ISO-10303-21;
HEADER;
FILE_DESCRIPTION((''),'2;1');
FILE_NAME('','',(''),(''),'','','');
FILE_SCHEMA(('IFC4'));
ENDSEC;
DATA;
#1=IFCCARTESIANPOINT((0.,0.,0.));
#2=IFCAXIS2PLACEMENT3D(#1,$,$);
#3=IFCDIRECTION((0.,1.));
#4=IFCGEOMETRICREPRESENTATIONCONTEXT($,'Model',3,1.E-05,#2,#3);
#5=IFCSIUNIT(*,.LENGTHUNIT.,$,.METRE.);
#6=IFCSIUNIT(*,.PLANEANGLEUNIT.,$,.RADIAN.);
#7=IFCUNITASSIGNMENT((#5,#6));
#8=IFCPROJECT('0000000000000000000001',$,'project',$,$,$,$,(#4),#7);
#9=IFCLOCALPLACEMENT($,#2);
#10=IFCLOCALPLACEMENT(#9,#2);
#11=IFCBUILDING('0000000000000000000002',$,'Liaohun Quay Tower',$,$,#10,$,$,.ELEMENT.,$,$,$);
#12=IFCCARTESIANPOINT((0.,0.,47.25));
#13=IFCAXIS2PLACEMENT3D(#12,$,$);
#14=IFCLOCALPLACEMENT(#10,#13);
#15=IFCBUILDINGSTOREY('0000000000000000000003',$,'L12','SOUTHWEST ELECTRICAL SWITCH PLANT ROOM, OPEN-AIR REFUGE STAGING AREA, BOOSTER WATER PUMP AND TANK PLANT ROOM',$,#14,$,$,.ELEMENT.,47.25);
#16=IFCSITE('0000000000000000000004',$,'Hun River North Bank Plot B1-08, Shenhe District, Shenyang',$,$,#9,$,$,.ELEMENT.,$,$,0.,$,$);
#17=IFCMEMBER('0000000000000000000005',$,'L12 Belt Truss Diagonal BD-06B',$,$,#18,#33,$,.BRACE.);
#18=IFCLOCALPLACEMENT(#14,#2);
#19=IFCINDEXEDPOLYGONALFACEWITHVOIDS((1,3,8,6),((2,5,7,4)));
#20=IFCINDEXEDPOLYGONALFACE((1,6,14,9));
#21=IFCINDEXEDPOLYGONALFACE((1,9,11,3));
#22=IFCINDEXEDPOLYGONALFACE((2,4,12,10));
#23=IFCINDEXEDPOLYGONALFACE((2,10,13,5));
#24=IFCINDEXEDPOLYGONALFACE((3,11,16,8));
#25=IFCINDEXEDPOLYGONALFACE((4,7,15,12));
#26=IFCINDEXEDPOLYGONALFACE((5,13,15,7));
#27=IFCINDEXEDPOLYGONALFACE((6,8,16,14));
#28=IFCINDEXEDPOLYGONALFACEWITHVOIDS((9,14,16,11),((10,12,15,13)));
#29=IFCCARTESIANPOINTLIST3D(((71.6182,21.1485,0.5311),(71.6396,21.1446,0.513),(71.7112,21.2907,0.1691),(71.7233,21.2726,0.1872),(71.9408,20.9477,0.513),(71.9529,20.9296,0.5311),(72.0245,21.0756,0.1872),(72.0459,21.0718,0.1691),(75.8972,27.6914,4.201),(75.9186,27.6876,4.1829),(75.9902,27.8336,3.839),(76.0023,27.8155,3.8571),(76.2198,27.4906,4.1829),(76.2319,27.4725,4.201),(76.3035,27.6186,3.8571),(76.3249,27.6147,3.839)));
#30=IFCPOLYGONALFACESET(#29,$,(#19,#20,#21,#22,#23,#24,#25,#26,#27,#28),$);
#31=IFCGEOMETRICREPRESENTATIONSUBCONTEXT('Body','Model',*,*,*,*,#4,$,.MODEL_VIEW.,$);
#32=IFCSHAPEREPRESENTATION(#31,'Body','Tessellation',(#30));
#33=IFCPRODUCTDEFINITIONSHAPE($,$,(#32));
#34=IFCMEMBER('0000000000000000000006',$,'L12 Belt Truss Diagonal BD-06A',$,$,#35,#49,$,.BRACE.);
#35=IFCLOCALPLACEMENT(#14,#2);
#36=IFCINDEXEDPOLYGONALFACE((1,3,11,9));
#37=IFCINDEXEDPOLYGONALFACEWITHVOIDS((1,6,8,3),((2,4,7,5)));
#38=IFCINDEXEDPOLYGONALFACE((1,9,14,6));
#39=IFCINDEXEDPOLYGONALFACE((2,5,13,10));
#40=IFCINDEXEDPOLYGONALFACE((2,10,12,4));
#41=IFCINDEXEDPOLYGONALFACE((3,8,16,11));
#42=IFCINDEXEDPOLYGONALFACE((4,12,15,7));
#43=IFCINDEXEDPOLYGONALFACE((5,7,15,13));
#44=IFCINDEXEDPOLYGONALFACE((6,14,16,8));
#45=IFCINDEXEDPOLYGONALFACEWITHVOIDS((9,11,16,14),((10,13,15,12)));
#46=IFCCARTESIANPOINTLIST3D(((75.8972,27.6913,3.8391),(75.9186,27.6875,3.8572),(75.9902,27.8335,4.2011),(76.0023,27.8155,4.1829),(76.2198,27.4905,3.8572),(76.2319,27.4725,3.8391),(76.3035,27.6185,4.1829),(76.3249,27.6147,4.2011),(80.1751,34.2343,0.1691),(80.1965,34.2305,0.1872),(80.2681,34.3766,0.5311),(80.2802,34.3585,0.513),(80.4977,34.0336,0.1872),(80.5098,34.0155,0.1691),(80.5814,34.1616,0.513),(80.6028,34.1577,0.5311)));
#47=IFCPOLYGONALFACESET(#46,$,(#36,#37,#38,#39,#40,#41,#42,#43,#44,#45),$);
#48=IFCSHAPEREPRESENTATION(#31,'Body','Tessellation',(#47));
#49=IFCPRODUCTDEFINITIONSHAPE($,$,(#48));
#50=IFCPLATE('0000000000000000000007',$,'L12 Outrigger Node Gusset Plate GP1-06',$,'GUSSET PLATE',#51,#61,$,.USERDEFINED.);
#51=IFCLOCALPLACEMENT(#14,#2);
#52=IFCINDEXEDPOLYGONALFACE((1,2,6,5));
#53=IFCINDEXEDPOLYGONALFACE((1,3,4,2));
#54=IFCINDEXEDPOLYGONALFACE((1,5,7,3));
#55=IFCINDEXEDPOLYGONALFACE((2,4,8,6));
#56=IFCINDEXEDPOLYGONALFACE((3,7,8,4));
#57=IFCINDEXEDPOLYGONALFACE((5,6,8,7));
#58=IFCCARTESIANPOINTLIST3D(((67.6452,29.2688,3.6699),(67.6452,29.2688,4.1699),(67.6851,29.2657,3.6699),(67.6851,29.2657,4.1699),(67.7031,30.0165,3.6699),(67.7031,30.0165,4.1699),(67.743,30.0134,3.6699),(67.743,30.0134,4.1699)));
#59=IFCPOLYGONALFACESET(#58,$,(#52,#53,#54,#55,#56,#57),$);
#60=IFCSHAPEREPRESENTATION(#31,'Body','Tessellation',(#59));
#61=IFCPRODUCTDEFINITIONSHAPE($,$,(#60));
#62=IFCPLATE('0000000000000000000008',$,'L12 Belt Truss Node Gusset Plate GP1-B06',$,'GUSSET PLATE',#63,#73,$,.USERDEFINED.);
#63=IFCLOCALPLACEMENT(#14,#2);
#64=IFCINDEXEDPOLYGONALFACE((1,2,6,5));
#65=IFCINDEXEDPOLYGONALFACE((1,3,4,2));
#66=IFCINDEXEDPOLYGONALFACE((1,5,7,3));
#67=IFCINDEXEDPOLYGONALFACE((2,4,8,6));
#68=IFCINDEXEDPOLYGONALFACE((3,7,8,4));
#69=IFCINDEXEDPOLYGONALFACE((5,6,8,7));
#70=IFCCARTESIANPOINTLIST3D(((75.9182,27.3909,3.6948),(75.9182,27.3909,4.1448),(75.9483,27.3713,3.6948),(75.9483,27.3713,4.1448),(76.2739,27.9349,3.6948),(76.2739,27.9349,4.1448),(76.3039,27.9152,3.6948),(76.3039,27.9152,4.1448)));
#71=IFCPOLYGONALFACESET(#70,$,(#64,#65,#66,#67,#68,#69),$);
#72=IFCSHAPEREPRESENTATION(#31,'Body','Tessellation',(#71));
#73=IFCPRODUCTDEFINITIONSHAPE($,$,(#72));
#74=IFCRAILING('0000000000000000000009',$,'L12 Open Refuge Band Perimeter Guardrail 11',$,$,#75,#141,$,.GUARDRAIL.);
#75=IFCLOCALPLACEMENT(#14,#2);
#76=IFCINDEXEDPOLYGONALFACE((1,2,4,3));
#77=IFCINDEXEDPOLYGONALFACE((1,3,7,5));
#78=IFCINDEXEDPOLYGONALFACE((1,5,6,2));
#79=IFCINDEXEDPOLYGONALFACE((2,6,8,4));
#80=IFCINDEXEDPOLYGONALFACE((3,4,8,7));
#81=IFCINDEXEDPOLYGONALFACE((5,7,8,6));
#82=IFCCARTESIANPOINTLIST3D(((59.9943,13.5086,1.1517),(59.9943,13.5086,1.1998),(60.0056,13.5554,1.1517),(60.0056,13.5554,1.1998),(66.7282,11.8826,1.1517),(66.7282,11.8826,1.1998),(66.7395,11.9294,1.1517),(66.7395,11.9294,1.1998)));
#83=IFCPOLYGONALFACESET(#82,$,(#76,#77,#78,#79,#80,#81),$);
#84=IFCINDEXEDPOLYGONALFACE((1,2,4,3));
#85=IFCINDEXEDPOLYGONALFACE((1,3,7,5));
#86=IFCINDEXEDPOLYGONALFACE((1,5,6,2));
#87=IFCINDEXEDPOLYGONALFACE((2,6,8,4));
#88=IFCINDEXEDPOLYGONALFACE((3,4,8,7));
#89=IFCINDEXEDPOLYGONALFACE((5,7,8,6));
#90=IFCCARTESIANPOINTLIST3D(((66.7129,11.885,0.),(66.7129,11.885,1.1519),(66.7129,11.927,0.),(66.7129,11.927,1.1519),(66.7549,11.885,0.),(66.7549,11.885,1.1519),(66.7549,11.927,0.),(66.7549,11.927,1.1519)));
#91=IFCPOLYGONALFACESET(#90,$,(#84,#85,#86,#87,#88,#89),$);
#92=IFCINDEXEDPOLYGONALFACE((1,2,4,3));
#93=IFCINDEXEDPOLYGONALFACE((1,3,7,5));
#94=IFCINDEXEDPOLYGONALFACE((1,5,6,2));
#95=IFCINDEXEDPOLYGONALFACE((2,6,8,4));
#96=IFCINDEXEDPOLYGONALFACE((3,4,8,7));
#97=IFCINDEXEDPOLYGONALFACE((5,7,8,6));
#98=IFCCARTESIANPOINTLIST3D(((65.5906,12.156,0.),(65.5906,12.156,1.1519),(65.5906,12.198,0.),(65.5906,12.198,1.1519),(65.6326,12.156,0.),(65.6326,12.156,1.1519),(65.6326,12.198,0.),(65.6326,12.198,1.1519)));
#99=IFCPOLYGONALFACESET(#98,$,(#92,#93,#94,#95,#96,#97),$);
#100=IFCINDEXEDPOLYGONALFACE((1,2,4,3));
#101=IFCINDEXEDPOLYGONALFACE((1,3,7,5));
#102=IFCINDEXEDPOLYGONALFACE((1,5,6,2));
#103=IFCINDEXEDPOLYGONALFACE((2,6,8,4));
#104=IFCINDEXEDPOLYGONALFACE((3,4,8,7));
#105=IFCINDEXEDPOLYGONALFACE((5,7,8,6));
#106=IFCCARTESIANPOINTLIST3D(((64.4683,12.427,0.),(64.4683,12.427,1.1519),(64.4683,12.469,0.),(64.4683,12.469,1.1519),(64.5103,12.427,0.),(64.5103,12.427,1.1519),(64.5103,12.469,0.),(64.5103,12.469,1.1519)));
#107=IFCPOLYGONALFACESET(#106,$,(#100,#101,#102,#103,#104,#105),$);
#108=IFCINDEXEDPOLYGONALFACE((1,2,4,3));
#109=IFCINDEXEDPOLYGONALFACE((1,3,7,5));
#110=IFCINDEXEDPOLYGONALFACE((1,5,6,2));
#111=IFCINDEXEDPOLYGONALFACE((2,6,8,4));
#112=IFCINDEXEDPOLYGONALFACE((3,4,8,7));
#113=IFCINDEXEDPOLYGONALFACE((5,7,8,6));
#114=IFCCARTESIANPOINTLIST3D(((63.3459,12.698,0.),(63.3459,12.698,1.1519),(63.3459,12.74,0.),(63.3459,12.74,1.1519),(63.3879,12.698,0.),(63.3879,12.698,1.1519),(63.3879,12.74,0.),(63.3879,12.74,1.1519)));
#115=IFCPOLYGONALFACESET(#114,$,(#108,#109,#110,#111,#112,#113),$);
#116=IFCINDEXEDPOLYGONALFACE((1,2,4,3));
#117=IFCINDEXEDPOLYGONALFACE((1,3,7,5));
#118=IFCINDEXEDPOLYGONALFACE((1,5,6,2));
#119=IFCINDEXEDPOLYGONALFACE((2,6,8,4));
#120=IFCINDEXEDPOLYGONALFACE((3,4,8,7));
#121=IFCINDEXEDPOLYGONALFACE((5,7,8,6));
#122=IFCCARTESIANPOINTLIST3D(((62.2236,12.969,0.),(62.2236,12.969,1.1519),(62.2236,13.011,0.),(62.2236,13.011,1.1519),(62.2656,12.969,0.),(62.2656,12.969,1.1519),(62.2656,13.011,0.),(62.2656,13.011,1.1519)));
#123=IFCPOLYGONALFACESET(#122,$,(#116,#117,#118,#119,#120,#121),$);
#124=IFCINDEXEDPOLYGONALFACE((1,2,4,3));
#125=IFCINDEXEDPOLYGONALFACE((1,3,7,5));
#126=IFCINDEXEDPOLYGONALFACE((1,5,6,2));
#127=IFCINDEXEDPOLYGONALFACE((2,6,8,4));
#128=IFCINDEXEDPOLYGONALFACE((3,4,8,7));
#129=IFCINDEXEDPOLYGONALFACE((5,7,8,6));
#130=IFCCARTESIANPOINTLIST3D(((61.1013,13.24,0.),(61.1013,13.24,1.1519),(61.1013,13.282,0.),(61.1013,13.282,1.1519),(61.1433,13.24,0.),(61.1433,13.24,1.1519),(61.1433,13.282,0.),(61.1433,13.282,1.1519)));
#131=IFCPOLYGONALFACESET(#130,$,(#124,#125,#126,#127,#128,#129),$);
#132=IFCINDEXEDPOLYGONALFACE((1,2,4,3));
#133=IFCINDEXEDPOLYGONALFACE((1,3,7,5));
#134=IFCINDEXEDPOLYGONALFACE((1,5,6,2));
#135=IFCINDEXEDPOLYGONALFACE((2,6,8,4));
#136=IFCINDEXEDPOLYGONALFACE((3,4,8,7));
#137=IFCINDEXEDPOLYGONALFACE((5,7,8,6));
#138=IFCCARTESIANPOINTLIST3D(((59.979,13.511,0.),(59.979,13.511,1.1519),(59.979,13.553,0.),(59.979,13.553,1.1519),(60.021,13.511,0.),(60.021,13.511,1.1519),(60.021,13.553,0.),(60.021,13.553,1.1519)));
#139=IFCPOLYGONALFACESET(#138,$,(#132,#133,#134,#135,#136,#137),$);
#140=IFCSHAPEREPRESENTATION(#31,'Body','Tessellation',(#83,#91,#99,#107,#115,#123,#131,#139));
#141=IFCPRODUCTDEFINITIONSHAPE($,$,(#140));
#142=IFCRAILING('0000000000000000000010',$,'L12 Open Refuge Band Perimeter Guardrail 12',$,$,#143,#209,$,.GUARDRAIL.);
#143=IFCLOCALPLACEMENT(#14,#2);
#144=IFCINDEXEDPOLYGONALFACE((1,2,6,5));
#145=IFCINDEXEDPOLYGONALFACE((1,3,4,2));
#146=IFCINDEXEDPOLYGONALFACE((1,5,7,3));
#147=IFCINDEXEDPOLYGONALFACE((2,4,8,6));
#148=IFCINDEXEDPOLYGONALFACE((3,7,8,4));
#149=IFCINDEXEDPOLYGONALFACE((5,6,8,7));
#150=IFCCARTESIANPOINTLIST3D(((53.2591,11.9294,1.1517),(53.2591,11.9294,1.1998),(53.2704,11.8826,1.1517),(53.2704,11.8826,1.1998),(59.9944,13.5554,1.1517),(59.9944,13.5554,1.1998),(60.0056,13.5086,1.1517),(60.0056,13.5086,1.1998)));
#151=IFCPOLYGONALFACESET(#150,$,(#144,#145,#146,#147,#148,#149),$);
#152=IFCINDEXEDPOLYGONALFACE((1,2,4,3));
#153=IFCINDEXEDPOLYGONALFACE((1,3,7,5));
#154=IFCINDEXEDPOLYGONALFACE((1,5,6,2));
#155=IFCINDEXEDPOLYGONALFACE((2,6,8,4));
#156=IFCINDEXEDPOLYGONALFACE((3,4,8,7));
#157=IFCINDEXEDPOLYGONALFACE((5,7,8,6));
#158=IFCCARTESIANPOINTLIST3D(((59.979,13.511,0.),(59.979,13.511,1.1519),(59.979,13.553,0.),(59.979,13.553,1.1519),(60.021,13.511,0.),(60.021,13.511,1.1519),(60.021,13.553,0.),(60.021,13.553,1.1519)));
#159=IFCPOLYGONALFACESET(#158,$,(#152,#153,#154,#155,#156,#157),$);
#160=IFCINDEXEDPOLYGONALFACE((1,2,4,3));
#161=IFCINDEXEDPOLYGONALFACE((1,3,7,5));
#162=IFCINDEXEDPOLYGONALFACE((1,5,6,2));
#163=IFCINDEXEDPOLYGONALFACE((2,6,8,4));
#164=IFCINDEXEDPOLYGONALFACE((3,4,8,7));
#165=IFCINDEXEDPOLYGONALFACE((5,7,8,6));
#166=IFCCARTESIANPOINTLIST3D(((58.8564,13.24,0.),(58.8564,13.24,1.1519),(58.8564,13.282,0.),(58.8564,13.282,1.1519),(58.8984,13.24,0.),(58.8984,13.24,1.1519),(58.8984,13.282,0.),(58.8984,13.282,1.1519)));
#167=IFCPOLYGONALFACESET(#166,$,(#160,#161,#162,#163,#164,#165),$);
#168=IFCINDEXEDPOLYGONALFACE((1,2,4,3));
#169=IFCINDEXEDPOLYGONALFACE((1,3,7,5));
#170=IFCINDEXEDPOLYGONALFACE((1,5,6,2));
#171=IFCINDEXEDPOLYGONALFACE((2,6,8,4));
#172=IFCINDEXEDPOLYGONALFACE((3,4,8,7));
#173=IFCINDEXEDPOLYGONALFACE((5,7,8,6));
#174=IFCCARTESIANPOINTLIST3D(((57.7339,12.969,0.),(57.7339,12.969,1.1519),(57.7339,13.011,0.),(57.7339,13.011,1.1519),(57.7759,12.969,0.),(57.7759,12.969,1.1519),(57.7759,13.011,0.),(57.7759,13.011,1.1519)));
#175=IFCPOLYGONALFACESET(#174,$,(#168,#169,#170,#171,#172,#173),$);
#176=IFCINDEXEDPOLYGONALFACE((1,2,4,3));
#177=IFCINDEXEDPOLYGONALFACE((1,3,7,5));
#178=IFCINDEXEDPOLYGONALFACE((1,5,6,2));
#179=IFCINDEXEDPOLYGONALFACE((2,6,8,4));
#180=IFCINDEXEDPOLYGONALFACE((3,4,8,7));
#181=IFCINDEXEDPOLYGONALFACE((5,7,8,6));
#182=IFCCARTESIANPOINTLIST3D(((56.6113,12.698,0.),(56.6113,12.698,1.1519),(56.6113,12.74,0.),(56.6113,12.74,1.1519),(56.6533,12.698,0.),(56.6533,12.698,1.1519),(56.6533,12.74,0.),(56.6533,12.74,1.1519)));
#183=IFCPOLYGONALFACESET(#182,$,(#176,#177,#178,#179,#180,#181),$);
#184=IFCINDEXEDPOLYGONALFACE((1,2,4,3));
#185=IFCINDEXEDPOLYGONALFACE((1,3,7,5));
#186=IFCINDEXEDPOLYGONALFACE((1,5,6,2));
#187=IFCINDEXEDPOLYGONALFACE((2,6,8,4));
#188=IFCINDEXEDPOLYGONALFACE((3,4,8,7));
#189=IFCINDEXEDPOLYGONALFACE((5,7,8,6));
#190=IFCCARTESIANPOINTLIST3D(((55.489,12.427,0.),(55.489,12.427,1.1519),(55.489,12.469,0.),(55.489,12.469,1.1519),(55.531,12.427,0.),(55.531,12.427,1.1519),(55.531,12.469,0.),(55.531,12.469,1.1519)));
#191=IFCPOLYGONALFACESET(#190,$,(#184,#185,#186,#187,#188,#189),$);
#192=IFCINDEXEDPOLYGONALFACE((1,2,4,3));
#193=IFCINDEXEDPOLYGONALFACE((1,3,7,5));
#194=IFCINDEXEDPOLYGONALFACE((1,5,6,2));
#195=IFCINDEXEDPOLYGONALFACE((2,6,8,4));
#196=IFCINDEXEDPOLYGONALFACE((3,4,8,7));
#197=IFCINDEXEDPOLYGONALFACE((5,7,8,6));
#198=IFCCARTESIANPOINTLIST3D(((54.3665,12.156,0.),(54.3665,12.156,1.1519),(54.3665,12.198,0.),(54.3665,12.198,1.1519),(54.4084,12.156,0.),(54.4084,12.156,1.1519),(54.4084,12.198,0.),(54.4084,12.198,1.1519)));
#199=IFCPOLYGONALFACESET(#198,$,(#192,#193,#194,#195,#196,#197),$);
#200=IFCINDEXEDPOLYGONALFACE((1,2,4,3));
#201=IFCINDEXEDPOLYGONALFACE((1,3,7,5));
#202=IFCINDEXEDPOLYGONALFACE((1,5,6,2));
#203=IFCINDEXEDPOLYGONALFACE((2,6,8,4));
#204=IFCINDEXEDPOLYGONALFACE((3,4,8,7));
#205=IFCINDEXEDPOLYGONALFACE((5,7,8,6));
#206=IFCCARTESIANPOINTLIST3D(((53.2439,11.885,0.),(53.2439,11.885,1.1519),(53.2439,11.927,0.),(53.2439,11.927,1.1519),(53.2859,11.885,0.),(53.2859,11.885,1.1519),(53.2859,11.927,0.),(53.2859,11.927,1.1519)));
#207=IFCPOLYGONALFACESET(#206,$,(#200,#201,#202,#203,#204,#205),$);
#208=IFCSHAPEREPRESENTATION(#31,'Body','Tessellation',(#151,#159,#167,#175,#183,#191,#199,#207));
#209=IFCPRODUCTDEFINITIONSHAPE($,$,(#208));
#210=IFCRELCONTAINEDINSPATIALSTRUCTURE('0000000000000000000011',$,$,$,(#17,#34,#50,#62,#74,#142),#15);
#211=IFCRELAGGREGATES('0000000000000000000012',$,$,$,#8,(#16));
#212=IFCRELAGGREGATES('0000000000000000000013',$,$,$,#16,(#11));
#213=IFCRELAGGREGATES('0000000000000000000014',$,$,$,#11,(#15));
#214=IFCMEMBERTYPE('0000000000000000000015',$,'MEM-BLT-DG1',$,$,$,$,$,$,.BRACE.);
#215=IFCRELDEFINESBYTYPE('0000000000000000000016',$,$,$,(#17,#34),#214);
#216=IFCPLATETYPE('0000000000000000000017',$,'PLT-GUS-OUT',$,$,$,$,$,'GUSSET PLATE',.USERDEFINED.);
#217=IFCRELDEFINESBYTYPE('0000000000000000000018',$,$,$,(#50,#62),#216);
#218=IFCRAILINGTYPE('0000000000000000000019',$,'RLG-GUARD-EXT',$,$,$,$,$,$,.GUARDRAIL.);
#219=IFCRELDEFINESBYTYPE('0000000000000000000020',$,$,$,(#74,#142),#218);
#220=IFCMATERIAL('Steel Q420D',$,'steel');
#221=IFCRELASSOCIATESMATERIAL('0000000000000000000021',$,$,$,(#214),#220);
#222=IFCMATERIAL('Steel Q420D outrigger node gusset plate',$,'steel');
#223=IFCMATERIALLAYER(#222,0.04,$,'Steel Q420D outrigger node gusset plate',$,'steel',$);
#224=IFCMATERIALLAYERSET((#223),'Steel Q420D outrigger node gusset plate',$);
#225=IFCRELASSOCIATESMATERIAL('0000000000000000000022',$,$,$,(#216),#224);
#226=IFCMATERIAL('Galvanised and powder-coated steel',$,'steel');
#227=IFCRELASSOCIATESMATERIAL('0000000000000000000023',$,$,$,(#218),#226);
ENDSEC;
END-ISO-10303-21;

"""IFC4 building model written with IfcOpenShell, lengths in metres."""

from ifc_helpers import new_model, si_unit, direction, frame, origin, origin_2d, place, context, subcontext, project, spatial, rectangle, hollow_rectangle, extrude, source, transform, mapped, material, layer, layer_set, material_profile, profile_set, type_object, element, save


model = new_model("IFC4")

# Units and contexts
model_context = context("Model", 3, precision=1e-05, world=origin(), true_north=direction((0.0, 1.0)))
body_context = subcontext(model_context, "Body", "Model", "MODEL_VIEW")
ifc_project = project(units=[si_unit("LENGTHUNIT", "METRE"), si_unit("PLANEANGLEUNIT", "RADIAN")], contexts=[model_context])

# Site, building, storey
site_placement = place(None, origin())
site = spatial("IfcSite", under=ifc_project, at=site_placement, Name="Hun River North Bank Plot B1-08, Shenhe District, Shenyang", CompositionType="ELEMENT", RefElevation=0.0)
building_placement = place(site_placement, origin())
building = spatial("IfcBuilding", under=site, at=building_placement, Name="Liaohun Quay Tower", CompositionType="ELEMENT")
storey_placement = place(building_placement, frame((0.0, 0.0, 47.25)))
storey = spatial("IfcBuildingStorey", under=building, at=storey_placement, Name="L12", Description="SOUTHWEST ELECTRICAL SWITCH PLANT ROOM, OPEN-AIR REFUGE STAGING AREA, BOOSTER WATER PUMP AND TANK PLANT ROOM", CompositionType="ELEMENT", Elevation=47.25)

# Members
ifc_material_1 = material(Name="Steel Q420D", Category="steel")
ifc_material_profile_1 = material_profile(ifc_material_1, hollow_rectangle(XDim=0.3999, YDim=0.3999, WallThickness=0.02, at=origin_2d()), Name="SHS400x400x20")
ifc_profile_set_1 = profile_set([ifc_material_profile_1], Name="Steel Q420D")
member_type_1 = type_object("IfcMemberType", Name="MEM-BLT-DG1", PredefinedType="BRACE", material=ifc_profile_set_1)
shared_shape_1 = source(origin(), body_context, "Body", "SweptSolid", [
    extrude(hollow_rectangle(XDim=0.3999, YDim=0.3999, WallThickness=0.02, at=origin_2d()), origin(), (0.0, 0.0, 1.0), 8.6365),
])
member_1_placement = place(storey_placement, frame((76.1111, 27.6531, 4.02), z_axis=(-0.495462, -0.757595, -0.424932), x_axis=(0.836913, -0.547335, 0.0)))
element("IfcMember", 1, at=member_1_placement, inside=storey, type_object=member_type_1, Name="L12 Belt Truss Diagonal BD-06B", PredefinedType="BRACE", context=body_context, shape_type="MappedRepresentation", body=[
    mapped(shared_shape_1, transform((0.0, 0.0, 0.0), x_axis=(1.0, 0.0, 0.0), y_axis=(0.0, 1.0, 0.0), z_axis=(0.0, 0.0, 1.0), scale=1.0)),
])
shared_shape_2 = source(origin(), body_context, "Body", "SweptSolid", [
    extrude(hollow_rectangle(XDim=0.3999, YDim=0.3999, WallThickness=0.02, at=origin_2d()), origin(), (0.0, 0.0, 1.0), 8.636),
])
member_2_placement = place(storey_placement, frame((80.3889, 34.196, 0.3501), z_axis=(-0.495355, -0.757648, 0.424962), x_axis=(0.836985, -0.547226, 0.0)))
element("IfcMember", 2, at=member_2_placement, inside=storey, type_object=member_type_1, Name="L12 Belt Truss Diagonal BD-06A", PredefinedType="BRACE", context=body_context, shape_type="MappedRepresentation", body=[
    mapped(shared_shape_2, transform((0.0, 0.0, 0.0), x_axis=(1.0, 0.0, 0.0), y_axis=(0.0, 1.0, 0.0), z_axis=(0.0, 0.0, 1.0), scale=1.0)),
])

# Plates
ifc_material_2 = material(Name="Steel Q420D outrigger node gusset plate", Category="steel")
ifc_layer = layer(ifc_material_2, 0.04, Name="Steel Q420D outrigger node gusset plate", Category="steel")
ifc_layer_set = layer_set([ifc_layer], Name="Steel Q420D outrigger node gusset plate")
plate_type = type_object("IfcPlateType", Name="PLT-GUS-OUT", ElementType="GUSSET PLATE", PredefinedType="USERDEFINED", material=ifc_layer_set)
shared_shape_3 = source(origin(), body_context, "Body", "SweptSolid", [
    extrude(rectangle(XDim=0.75, YDim=0.04, at=origin_2d()), origin(), (0.0, 0.0, 1.0), 0.5),
])
plate_1_placement = place(storey_placement, frame((67.6941, 29.6411, 3.6699), z_axis=(0.0, 0.0, 1.0), x_axis=(-0.077241, -0.997012, 0.0)))
element("IfcPlate", 3, at=plate_1_placement, inside=storey, type_object=plate_type, Name="L12 Outrigger Node Gusset Plate GP1-06", ObjectType="GUSSET PLATE", PredefinedType="USERDEFINED", context=body_context, shape_type="MappedRepresentation", body=[
    mapped(shared_shape_3, transform((0.0, 0.0, 0.0), x_axis=(1.0, 0.0, 0.0), y_axis=(0.0, 1.0, 0.0), z_axis=(0.0, 0.0, 1.0), scale=1.0)),
])
shared_shape_4 = source(origin(), body_context, "Body", "SweptSolid", [
    extrude(rectangle(XDim=0.6499, YDim=0.0359, at=origin_2d()), origin(), (0.0, 0.0, 1.0), 0.45),
])
plate_2_placement = place(storey_placement, frame((76.1111, 27.6531, 3.6948), z_axis=(0.0, 0.0, 1.0), x_axis=(-0.547271, -0.836955, 0.0)))
element("IfcPlate", 4, at=plate_2_placement, inside=storey, type_object=plate_type, Name="L12 Belt Truss Node Gusset Plate GP1-B06", ObjectType="GUSSET PLATE", PredefinedType="USERDEFINED", context=body_context, shape_type="MappedRepresentation", body=[
    mapped(shared_shape_4, transform((0.0, 0.0, 0.0), x_axis=(1.0, 0.0, 0.0), y_axis=(0.0, 1.0, 0.0), z_axis=(0.0, 0.0, 1.0), scale=1.0)),
])

# Railings
ifc_material_3 = material(Name="Galvanised and powder-coated steel", Category="steel")
railing_type = type_object("IfcRailingType", Name="RLG-GUARD-EXT", PredefinedType="GUARDRAIL", material=ifc_material_3)
railing_1_placement = place(storey_placement, frame((66.7339, 11.906, 0.0)))
element("IfcRailing", 5, at=railing_1_placement, inside=storey, type_object=railing_type, Name="L12 Open Refuge Band Perimeter Guardrail 11", PredefinedType="GUARDRAIL", context=body_context, shape_type="SweptSolid", body=[
    extrude(rectangle(XDim=0.0481, YDim=0.0481, at=origin_2d()), frame((0.0, 0.0, 1.1758), z_axis=(-0.972064, 0.234716, 0.0), x_axis=(-0.234716, -0.972064, 0.0)), (0.0, 0.0, 1.0), 6.9275),
    extrude(rectangle(XDim=0.042, YDim=0.042, at=origin_2d()), origin(), (0.0, 0.0, 1.0), 1.1519),
    extrude(rectangle(XDim=0.042, YDim=0.042, at=origin_2d()), frame((-1.1223, 0.271, 0.0)), (0.0, 0.0, 1.0), 1.1519),
    extrude(rectangle(XDim=0.042, YDim=0.042, at=origin_2d()), frame((-2.2446, 0.542, 0.0)), (0.0, 0.0, 1.0), 1.1519),
    extrude(rectangle(XDim=0.042, YDim=0.042, at=origin_2d()), frame((-3.3669, 0.813, 0.0)), (0.0, 0.0, 1.0), 1.1519),
    extrude(rectangle(XDim=0.042, YDim=0.042, at=origin_2d()), frame((-4.4893, 1.084, 0.0)), (0.0, 0.0, 1.0), 1.1519),
    extrude(rectangle(XDim=0.042, YDim=0.042, at=origin_2d()), frame((-5.6116, 1.355, 0.0)), (0.0, 0.0, 1.0), 1.1519),
    extrude(rectangle(XDim=0.042, YDim=0.042, at=origin_2d()), frame((-6.7339, 1.626, 0.0)), (0.0, 0.0, 1.0), 1.1519),
])
railing_2_placement = place(storey_placement, frame((60.0, 13.532, 0.0)))
element("IfcRailing", 6, at=railing_2_placement, inside=storey, type_object=railing_type, Name="L12 Open Refuge Band Perimeter Guardrail 12", PredefinedType="GUARDRAIL", context=body_context, shape_type="SweptSolid", body=[
    extrude(rectangle(XDim=0.0481, YDim=0.0481, at=origin_2d()), frame((0.0, 0.0, 1.1758), z_axis=(-0.972074, -0.234676, 0.0), x_axis=(0.234676, -0.972074, 0.0)), (0.0, 0.0, 1.0), 6.9287),
    extrude(rectangle(XDim=0.042, YDim=0.042, at=origin_2d()), origin(), (0.0, 0.0, 1.0), 1.1519),
    extrude(rectangle(XDim=0.042, YDim=0.042, at=origin_2d()), frame((-1.1226, -0.271, 0.0)), (0.0, 0.0, 1.0), 1.1519),
    extrude(rectangle(XDim=0.042, YDim=0.042, at=origin_2d()), frame((-2.2451, -0.542, 0.0)), (0.0, 0.0, 1.0), 1.1519),
    extrude(rectangle(XDim=0.042, YDim=0.042, at=origin_2d()), frame((-3.3677, -0.813, 0.0)), (0.0, 0.0, 1.0), 1.1519),
    extrude(rectangle(XDim=0.042, YDim=0.042, at=origin_2d()), frame((-4.49, -1.084, 0.0)), (0.0, 0.0, 1.0), 1.1519),
    extrude(rectangle(XDim=0.042, YDim=0.042, at=origin_2d()), frame((-5.6125, -1.355, 0.0)), (0.0, 0.0, 1.0), 1.1519),
    extrude(rectangle(XDim=0.042, YDim=0.042, at=origin_2d()), frame((-6.7351, -1.626, 0.0)), (0.0, 0.0, 1.0), 1.1519),
])

save(model, "model.ifc")
